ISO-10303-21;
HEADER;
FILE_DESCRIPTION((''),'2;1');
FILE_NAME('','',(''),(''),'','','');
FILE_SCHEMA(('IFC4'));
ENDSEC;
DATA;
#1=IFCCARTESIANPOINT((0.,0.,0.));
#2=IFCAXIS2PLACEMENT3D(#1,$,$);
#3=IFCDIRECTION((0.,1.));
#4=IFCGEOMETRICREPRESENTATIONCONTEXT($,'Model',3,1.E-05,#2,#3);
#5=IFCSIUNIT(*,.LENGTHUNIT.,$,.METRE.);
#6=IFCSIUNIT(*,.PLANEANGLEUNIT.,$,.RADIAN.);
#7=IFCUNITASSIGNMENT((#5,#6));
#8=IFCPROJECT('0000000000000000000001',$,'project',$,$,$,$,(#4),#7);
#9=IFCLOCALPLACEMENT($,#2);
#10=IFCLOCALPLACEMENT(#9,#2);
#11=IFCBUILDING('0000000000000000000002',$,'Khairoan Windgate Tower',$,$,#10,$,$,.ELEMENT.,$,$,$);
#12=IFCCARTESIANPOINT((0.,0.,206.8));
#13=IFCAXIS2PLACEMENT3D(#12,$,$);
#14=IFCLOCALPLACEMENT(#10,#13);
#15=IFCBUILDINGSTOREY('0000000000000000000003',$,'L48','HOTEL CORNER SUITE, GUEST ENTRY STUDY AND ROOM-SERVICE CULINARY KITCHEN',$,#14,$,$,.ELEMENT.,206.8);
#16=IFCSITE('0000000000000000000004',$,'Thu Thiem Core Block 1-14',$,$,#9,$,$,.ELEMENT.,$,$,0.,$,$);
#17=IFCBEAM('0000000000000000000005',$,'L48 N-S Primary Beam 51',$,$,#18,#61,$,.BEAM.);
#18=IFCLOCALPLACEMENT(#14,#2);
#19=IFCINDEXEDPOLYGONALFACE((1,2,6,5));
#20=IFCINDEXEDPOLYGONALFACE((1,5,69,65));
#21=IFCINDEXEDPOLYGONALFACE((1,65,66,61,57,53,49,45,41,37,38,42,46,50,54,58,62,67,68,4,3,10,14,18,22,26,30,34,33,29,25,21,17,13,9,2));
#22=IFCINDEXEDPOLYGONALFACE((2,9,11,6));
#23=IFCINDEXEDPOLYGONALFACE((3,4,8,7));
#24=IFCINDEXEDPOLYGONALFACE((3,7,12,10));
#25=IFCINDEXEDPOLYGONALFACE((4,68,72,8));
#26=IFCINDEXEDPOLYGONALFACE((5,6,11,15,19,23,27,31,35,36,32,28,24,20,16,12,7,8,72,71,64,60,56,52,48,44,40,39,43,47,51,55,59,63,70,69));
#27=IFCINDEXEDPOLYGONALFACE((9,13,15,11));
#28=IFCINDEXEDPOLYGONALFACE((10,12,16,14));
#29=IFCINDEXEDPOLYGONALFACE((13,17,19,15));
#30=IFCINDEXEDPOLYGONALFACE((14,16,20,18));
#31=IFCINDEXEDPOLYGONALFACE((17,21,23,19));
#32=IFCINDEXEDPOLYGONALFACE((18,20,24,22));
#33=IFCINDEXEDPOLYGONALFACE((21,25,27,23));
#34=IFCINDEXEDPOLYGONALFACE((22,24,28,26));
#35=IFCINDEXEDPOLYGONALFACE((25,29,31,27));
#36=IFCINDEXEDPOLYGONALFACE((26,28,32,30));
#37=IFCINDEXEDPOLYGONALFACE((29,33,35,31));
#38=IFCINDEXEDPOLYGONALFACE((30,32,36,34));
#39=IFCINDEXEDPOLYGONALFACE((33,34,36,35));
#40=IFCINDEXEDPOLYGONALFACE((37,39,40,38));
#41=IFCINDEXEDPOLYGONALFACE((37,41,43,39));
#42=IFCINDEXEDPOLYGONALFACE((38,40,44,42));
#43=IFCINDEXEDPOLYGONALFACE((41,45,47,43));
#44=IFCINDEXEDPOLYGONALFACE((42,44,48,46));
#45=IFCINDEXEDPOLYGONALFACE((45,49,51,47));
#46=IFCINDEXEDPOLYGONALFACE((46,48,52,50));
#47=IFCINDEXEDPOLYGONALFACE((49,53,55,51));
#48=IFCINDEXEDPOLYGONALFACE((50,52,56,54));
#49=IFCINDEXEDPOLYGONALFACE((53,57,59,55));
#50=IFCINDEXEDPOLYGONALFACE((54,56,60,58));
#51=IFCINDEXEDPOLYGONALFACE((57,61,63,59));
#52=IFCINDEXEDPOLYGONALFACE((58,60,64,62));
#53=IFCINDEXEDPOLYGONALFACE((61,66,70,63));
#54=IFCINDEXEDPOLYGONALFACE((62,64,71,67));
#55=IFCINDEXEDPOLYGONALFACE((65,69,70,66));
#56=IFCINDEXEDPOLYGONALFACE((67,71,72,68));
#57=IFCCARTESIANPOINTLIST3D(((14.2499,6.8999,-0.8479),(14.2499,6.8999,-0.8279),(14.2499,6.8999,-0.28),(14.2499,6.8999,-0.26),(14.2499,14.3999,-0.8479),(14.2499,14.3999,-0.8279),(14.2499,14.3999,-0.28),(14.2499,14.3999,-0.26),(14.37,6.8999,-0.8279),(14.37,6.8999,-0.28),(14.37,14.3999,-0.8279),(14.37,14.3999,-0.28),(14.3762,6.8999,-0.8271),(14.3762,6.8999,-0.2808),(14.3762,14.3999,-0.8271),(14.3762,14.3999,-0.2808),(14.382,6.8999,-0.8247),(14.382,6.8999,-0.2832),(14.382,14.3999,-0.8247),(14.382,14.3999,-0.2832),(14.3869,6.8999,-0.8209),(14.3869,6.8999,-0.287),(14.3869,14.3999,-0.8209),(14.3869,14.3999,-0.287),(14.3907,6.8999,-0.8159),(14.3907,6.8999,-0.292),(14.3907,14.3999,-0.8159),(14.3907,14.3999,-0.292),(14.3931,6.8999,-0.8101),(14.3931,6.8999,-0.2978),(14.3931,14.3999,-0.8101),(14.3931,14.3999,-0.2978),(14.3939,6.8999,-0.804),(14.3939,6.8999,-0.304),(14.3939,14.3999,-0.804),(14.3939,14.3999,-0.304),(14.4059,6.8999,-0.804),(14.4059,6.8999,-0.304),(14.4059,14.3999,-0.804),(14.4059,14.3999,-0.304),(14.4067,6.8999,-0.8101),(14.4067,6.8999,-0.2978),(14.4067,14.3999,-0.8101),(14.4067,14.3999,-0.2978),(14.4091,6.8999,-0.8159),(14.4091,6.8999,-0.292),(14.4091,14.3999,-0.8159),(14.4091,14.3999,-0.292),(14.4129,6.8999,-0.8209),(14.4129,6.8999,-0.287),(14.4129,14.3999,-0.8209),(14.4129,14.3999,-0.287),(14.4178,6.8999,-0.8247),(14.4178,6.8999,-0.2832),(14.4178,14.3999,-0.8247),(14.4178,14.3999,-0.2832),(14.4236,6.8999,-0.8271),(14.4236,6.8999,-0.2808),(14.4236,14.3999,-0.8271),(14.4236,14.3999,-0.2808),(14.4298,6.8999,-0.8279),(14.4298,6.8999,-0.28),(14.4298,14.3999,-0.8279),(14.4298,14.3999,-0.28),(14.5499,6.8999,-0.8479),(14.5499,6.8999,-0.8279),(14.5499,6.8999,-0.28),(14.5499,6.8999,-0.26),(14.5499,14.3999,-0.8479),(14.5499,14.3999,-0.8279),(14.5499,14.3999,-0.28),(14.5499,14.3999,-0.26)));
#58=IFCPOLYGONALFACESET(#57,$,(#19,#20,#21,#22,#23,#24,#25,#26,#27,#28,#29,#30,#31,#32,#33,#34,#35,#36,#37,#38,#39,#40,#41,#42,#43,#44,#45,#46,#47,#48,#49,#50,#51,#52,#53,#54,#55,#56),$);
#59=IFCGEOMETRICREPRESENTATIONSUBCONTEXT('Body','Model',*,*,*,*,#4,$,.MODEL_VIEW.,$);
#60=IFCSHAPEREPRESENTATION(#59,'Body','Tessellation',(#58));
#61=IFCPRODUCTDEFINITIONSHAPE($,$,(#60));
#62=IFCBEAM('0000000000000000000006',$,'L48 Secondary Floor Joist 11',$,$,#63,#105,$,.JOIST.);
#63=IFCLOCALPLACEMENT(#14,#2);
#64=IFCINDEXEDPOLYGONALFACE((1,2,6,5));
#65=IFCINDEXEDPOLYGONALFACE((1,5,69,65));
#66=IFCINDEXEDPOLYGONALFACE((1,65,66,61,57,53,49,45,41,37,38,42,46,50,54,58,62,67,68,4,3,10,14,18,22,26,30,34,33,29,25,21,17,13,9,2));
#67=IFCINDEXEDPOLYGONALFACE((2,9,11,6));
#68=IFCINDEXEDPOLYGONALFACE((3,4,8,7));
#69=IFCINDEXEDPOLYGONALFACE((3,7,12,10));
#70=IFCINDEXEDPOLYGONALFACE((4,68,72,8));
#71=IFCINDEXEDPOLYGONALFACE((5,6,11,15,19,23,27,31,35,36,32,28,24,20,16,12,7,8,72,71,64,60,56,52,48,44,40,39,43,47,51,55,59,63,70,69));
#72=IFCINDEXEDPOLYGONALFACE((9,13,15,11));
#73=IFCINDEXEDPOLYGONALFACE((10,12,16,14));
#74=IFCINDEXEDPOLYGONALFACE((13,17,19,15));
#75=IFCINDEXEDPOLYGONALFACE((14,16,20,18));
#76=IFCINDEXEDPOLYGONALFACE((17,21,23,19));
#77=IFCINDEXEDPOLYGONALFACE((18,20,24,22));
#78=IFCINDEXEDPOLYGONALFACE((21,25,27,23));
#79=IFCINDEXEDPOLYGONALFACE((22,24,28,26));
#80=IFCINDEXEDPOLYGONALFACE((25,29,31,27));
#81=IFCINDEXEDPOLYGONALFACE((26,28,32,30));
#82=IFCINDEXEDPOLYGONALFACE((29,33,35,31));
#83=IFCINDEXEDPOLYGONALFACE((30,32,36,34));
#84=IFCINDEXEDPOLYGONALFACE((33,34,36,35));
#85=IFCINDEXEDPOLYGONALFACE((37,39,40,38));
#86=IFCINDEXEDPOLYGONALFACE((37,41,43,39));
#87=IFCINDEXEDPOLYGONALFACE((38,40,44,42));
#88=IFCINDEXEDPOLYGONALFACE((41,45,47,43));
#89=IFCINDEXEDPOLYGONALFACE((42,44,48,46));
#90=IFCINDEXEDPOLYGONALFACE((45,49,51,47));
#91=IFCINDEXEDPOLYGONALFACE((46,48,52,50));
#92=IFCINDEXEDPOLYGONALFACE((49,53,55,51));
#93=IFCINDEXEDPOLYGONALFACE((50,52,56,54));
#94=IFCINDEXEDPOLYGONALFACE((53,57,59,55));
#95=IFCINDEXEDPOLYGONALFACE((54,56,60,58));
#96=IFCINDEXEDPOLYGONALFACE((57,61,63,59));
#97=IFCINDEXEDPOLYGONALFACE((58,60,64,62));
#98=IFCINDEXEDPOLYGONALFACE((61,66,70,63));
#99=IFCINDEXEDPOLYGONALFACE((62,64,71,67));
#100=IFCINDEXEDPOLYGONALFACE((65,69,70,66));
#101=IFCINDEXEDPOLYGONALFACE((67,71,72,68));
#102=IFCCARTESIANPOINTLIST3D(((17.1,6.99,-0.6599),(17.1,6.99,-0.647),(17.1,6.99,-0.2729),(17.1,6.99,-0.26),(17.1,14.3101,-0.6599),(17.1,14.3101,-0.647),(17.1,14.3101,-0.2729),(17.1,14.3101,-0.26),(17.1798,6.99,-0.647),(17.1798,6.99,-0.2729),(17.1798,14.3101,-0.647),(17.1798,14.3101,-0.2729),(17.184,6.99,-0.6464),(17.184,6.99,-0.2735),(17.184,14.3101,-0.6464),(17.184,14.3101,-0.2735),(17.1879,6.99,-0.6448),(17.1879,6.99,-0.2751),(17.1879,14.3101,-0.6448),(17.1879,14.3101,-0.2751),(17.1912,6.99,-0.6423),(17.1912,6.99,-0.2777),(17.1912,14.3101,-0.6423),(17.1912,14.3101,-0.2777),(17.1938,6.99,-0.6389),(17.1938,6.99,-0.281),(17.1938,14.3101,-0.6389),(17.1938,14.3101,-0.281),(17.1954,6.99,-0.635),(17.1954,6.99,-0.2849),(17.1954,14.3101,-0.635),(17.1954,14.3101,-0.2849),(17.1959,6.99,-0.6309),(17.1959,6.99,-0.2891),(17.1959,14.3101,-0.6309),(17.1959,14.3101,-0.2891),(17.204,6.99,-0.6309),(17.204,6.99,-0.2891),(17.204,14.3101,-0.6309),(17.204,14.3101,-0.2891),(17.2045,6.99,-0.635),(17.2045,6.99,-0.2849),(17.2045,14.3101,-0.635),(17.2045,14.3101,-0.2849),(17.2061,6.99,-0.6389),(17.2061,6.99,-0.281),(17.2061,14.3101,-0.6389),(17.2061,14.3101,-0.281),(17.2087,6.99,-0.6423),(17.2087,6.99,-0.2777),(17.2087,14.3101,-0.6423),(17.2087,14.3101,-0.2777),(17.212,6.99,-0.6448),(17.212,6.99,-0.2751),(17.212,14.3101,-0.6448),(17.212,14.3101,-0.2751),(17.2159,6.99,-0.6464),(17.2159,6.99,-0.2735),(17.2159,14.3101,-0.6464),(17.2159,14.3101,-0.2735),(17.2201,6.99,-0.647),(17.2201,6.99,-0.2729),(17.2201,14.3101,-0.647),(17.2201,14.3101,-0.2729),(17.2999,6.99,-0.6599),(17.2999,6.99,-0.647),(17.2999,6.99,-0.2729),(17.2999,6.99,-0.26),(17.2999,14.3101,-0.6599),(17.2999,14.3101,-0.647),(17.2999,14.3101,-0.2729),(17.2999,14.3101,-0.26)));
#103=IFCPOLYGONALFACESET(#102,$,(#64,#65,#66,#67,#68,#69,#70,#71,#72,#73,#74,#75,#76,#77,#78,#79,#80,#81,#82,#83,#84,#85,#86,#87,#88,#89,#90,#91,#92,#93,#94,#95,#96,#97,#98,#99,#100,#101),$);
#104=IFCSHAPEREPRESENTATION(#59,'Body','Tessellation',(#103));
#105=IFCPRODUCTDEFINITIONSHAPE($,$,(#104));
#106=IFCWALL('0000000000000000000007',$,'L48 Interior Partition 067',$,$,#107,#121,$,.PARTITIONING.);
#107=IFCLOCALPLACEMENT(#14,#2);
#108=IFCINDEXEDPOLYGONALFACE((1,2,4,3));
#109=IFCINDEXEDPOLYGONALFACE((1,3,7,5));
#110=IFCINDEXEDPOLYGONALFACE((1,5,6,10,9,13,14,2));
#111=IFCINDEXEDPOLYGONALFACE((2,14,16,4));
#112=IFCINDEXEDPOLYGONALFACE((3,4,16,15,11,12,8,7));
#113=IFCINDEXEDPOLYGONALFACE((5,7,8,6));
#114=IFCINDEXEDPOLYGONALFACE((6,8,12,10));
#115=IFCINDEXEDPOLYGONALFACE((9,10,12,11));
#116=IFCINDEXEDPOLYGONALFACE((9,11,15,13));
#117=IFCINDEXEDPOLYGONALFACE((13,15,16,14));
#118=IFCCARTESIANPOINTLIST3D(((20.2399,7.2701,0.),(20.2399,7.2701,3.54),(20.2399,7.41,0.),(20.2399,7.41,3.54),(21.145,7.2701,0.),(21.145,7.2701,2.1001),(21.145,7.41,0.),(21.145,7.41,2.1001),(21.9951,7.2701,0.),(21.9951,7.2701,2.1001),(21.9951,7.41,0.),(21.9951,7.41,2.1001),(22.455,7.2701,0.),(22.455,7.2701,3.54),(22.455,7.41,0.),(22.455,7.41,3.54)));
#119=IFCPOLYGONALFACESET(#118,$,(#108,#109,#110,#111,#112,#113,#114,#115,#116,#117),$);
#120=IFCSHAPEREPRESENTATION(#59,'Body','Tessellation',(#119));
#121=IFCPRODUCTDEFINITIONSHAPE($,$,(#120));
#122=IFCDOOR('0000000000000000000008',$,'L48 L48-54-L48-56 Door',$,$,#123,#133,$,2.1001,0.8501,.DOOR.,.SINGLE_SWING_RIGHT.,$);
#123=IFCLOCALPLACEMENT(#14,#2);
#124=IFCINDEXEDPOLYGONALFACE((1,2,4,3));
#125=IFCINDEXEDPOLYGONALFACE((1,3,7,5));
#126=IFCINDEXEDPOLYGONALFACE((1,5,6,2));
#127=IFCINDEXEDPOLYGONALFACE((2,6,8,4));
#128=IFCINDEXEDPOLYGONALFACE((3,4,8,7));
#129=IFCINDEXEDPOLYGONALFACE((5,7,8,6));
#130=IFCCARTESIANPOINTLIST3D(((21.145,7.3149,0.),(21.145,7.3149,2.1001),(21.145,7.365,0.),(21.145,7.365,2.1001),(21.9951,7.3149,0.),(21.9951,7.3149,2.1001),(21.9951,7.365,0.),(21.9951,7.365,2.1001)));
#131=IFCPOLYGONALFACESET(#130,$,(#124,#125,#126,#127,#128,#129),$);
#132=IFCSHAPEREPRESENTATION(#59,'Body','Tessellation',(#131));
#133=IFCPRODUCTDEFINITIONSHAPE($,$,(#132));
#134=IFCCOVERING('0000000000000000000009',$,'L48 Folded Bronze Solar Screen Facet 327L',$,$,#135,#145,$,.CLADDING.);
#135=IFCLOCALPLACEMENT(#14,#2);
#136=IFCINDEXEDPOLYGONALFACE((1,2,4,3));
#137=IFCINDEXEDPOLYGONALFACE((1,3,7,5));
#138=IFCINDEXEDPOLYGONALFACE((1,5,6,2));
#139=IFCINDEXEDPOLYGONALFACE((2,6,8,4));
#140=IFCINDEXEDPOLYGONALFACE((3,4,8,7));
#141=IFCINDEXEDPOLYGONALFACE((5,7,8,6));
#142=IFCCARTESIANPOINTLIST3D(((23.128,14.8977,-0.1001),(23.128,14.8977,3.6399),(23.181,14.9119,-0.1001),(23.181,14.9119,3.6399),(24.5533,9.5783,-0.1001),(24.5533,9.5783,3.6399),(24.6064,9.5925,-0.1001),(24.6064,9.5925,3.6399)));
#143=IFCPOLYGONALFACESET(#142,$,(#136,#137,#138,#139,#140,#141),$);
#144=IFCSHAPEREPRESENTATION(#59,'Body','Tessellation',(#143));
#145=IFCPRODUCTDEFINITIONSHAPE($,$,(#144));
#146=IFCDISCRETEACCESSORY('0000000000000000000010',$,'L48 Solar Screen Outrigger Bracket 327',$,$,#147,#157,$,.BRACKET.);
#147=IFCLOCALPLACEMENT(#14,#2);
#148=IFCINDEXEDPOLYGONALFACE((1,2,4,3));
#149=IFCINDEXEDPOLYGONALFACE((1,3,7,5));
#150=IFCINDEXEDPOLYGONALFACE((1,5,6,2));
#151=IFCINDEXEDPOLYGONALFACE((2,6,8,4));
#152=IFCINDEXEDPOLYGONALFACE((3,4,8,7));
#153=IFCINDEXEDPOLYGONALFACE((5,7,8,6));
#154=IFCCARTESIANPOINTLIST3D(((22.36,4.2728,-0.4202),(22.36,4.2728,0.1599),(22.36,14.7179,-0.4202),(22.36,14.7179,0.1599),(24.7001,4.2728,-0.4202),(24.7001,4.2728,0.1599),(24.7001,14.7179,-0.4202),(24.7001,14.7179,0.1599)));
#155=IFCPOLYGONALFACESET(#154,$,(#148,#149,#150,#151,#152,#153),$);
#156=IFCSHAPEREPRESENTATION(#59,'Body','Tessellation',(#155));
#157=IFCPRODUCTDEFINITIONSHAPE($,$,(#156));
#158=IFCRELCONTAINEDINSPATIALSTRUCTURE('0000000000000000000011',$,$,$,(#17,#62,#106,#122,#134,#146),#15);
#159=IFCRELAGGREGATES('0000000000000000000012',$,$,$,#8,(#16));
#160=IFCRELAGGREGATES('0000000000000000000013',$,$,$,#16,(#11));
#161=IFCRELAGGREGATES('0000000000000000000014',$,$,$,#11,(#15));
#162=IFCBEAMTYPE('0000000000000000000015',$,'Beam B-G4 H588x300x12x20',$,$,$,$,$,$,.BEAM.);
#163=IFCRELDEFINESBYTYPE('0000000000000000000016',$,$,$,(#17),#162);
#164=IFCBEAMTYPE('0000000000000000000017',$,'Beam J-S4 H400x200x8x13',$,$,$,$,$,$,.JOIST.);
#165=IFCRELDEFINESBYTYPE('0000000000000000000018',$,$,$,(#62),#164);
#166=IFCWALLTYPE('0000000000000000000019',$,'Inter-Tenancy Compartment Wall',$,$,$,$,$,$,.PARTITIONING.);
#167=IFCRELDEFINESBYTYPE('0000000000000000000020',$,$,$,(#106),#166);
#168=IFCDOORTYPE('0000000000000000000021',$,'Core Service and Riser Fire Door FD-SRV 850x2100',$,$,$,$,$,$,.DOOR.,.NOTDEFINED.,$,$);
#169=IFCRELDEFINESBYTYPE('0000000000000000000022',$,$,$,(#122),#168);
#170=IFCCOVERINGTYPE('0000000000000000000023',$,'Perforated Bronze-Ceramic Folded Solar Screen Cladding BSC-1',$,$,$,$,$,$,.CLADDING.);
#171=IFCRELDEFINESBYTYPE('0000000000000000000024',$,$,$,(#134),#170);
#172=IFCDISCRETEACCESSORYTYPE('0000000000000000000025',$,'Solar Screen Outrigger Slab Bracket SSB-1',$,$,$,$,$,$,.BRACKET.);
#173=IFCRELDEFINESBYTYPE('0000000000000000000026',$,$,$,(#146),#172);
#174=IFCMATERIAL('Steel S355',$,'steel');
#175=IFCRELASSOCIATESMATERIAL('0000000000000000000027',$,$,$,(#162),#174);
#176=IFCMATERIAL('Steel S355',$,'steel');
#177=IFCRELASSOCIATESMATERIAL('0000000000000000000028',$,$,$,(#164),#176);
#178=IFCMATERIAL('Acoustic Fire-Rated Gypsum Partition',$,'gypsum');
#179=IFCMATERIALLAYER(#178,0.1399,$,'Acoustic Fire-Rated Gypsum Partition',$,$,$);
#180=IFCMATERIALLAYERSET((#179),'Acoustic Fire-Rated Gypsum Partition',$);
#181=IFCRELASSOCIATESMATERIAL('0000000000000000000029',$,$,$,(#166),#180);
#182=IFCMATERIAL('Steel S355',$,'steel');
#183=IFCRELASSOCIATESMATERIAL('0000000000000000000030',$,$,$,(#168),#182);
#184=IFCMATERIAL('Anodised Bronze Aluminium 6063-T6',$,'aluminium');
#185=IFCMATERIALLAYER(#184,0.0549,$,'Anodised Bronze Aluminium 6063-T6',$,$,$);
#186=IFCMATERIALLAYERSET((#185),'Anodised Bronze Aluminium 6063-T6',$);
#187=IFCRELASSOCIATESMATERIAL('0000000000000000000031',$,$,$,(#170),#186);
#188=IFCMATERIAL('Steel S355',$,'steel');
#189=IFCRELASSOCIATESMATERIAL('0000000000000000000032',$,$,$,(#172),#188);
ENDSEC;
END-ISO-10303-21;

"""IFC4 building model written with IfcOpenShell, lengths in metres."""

from ifc_helpers import new_model, si_unit, direction, frame, frame_2d, origin, origin_2d, place, context, subcontext, project, spatial, rectangle, i_section, extrude, material, layer, layer_set, material_profile, profile_set, type_object, element, fill, save


model = new_model("IFC4")

# Units and contexts
model_context = context("Model", 3, precision=1e-05, world=origin(), true_north=direction((0.0, 1.0)))
body_context = subcontext(model_context, "Body", "Model", "MODEL_VIEW")
ifc_project = project(units=[si_unit("LENGTHUNIT", "METRE"), si_unit("PLANEANGLEUNIT", "RADIAN")], contexts=[model_context])

# Site, building, storey
site_placement = place(None, origin())
site = spatial("IfcSite", under=ifc_project, at=site_placement, Name="Thu Thiem Core Block 1-14", CompositionType="ELEMENT", RefElevation=0.0)
building_placement = place(site_placement, origin())
building = spatial("IfcBuilding", under=site, at=building_placement, Name="Khairoan Windgate Tower", CompositionType="ELEMENT")
storey_placement = place(building_placement, frame((0.0, 0.0, 206.8)))
storey = spatial("IfcBuildingStorey", under=building, at=storey_placement, Name="L48", Description="HOTEL CORNER SUITE, GUEST ENTRY STUDY AND ROOM-SERVICE CULINARY KITCHEN", CompositionType="ELEMENT", Elevation=206.8)

# Beams
ifc_material_1 = material(Name="Steel S355", Category="steel")
ifc_material_profile_1 = material_profile(ifc_material_1, i_section(OverallWidth=0.3, OverallDepth=0.5879, WebThickness=0.012, FlangeThickness=0.02, FilletRadius=0.0239, at=origin_2d()))
ifc_profile_set_1 = profile_set([ifc_material_profile_1], Name="Steel S355")
beam_type_1 = type_object("IfcBeamType", Name="Beam B-G4 H588x300x12x20", PredefinedType="BEAM", material=ifc_profile_set_1)
beam_1_placement = place(storey_placement, frame((14.3999, 6.8999, -0.554), z_axis=(0.0, 1.0, 0.0), x_axis=(-1.0, 0.0, 0.0)))
element("IfcBeam", 1, at=beam_1_placement, inside=storey, type_object=beam_type_1, Name="L48 N-S Primary Beam 51", PredefinedType="BEAM", context=body_context, shape_type="SweptSolid", body=[
    extrude(i_section(OverallWidth=0.3, OverallDepth=0.5879, WebThickness=0.012, FlangeThickness=0.02, FilletRadius=0.0239, at=origin_2d()), origin(), (0.0, 0.0, 1.0), 7.5),
])
ifc_material_2 = material(Name="Steel S355", Category="steel")
ifc_material_profile_2 = material_profile(ifc_material_2, i_section(OverallWidth=0.2, OverallDepth=0.3999, WebThickness=0.0081, FlangeThickness=0.0129, FilletRadius=0.0161, at=origin_2d()))
ifc_profile_set_2 = profile_set([ifc_material_profile_2], Name="Steel S355")
beam_type_2 = type_object("IfcBeamType", Name="Beam J-S4 H400x200x8x13", PredefinedType="JOIST", material=ifc_profile_set_2)
beam_2_placement = place(storey_placement, frame((17.2, 6.99, -0.46), z_axis=(0.0, 1.0, 0.0), x_axis=(-1.0, 0.0, 0.0)))
element("IfcBeam", 2, at=beam_2_placement, inside=storey, type_object=beam_type_2, Name="L48 Secondary Floor Joist 11", PredefinedType="JOIST", context=body_context, shape_type="SweptSolid", body=[
    extrude(i_section(OverallWidth=0.2, OverallDepth=0.3999, WebThickness=0.0081, FlangeThickness=0.0129, FilletRadius=0.0161, at=origin_2d()), origin(), (0.0, 0.0, 1.0), 7.3201),
])

# Wall, opening, door
ifc_material_3 = material(Name="Acoustic Fire-Rated Gypsum Partition", Category="gypsum")
ifc_layer_1 = layer(ifc_material_3, 0.1399, Name="Acoustic Fire-Rated Gypsum Partition")
ifc_layer_set_1 = layer_set([ifc_layer_1], Name="Acoustic Fire-Rated Gypsum Partition")
wall_type = type_object("IfcWallType", Name="Inter-Tenancy Compartment Wall", PredefinedType="PARTITIONING", material=ifc_layer_set_1)
wall_placement = place(storey_placement, frame((20.24, 7.3401, 0.0), z_axis=(0.0, 0.0, 1.0), x_axis=(1.0, 0.0, 0.0)))
wall = element("IfcWall", 3, at=wall_placement, inside=storey, type_object=wall_type, Name="L48 Interior Partition 067", PredefinedType="PARTITIONING", context=body_context, shape_type="SweptSolid", body=[
    extrude(rectangle(XDim=2.2151, YDim=0.1399, at=frame_2d((1.1074, 0.0))), origin(), (0.0, 0.0, 1.0), 3.54),
])
opening_placement = place(wall_placement, frame((0.905, 0.0, 0.0)))
opening = element("IfcOpeningElement", 4, at=opening_placement, cuts=wall, PredefinedType="OPENING", context=body_context, shape_type="SweptSolid", body=[
    extrude(rectangle(XDim=0.8501, YDim=2.1001, at=frame_2d((0.425, 1.05))), frame((0.0, 0.0798, 0.0), z_axis=(0.0, -1.0, 0.0), x_axis=(1.0, 0.0, 0.0)), (0.0, 0.0, 1.0), 0.1599),
])
ifc_material_4 = material(Name="Steel S355", Category="steel")
door_type = type_object("IfcDoorType", Name="Core Service and Riser Fire Door FD-SRV 850x2100", OperationType="NOTDEFINED", PredefinedType="DOOR", material=ifc_material_4)
door_placement = place(opening_placement, origin())
door = element("IfcDoor", 5, at=door_placement, inside=storey, type_object=door_type, Name="L48 L48-54-L48-56 Door", OperationType="SINGLE_SWING_RIGHT", OverallHeight=2.1001, OverallWidth=0.8501, PredefinedType="DOOR", context=body_context, shape_type="SweptSolid", body=[
    extrude(rectangle(XDim=0.8501, YDim=2.1001, at=frame_2d((0.425, 1.05))), frame((0.0, 0.0249, 0.0), z_axis=(0.0, -1.0, 0.0), x_axis=(1.0, 0.0, 0.0)), (0.0, 0.0, 1.0), 0.05),
])
fill(opening, door)

# Covering
ifc_material_5 = material(Name="Anodised Bronze Aluminium 6063-T6", Category="aluminium")
ifc_layer_2 = layer(ifc_material_5, 0.0549, Name="Anodised Bronze Aluminium 6063-T6")
ifc_layer_set_2 = layer_set([ifc_layer_2], Name="Anodised Bronze Aluminium 6063-T6")
covering_type = type_object("IfcCoveringType", Name="Perforated Bronze-Ceramic Folded Solar Screen Cladding BSC-1", PredefinedType="CLADDING", material=ifc_layer_set_2)
covering_placement = place(storey_placement, frame((23.8672, 12.2451, -0.1001), z_axis=(0.0, 0.0, 1.0), x_axis=(0.258819, -0.965926, 0.0)))
element("IfcCovering", 6, at=covering_placement, inside=storey, type_object=covering_type, Name="L48 Folded Bronze Solar Screen Facet 327L", PredefinedType="CLADDING", context=body_context, shape_type="SweptSolid", body=[
    extrude(rectangle(XDim=5.5071, YDim=0.0549, at=origin_2d()), origin(), (0.0, 0.0, 1.0), 3.74),
])

# Discrete accessory
ifc_material_6 = material(Name="Steel S355", Category="steel")
discrete_accessory_type = type_object("IfcDiscreteAccessoryType", Name="Solar Screen Outrigger Slab Bracket SSB-1", PredefinedType="BRACKET", material=ifc_material_6)
discrete_accessory_placement = place(storey_placement, frame((23.53, 9.4954, -0.4202), z_axis=(0.0, 0.0, 1.0), x_axis=(0.0, -1.0, 0.0)))
element("IfcDiscreteAccessory", 7, at=discrete_accessory_placement, inside=storey, type_object=discrete_accessory_type, Name="L48 Solar Screen Outrigger Bracket 327", PredefinedType="BRACKET", context=body_context, shape_type="SweptSolid", body=[
    extrude(rectangle(XDim=10.4451, YDim=2.3401, at=origin_2d()), origin(), (0.0, 0.0, 1.0), 0.5801),
])

save(model, "model.ifc")
